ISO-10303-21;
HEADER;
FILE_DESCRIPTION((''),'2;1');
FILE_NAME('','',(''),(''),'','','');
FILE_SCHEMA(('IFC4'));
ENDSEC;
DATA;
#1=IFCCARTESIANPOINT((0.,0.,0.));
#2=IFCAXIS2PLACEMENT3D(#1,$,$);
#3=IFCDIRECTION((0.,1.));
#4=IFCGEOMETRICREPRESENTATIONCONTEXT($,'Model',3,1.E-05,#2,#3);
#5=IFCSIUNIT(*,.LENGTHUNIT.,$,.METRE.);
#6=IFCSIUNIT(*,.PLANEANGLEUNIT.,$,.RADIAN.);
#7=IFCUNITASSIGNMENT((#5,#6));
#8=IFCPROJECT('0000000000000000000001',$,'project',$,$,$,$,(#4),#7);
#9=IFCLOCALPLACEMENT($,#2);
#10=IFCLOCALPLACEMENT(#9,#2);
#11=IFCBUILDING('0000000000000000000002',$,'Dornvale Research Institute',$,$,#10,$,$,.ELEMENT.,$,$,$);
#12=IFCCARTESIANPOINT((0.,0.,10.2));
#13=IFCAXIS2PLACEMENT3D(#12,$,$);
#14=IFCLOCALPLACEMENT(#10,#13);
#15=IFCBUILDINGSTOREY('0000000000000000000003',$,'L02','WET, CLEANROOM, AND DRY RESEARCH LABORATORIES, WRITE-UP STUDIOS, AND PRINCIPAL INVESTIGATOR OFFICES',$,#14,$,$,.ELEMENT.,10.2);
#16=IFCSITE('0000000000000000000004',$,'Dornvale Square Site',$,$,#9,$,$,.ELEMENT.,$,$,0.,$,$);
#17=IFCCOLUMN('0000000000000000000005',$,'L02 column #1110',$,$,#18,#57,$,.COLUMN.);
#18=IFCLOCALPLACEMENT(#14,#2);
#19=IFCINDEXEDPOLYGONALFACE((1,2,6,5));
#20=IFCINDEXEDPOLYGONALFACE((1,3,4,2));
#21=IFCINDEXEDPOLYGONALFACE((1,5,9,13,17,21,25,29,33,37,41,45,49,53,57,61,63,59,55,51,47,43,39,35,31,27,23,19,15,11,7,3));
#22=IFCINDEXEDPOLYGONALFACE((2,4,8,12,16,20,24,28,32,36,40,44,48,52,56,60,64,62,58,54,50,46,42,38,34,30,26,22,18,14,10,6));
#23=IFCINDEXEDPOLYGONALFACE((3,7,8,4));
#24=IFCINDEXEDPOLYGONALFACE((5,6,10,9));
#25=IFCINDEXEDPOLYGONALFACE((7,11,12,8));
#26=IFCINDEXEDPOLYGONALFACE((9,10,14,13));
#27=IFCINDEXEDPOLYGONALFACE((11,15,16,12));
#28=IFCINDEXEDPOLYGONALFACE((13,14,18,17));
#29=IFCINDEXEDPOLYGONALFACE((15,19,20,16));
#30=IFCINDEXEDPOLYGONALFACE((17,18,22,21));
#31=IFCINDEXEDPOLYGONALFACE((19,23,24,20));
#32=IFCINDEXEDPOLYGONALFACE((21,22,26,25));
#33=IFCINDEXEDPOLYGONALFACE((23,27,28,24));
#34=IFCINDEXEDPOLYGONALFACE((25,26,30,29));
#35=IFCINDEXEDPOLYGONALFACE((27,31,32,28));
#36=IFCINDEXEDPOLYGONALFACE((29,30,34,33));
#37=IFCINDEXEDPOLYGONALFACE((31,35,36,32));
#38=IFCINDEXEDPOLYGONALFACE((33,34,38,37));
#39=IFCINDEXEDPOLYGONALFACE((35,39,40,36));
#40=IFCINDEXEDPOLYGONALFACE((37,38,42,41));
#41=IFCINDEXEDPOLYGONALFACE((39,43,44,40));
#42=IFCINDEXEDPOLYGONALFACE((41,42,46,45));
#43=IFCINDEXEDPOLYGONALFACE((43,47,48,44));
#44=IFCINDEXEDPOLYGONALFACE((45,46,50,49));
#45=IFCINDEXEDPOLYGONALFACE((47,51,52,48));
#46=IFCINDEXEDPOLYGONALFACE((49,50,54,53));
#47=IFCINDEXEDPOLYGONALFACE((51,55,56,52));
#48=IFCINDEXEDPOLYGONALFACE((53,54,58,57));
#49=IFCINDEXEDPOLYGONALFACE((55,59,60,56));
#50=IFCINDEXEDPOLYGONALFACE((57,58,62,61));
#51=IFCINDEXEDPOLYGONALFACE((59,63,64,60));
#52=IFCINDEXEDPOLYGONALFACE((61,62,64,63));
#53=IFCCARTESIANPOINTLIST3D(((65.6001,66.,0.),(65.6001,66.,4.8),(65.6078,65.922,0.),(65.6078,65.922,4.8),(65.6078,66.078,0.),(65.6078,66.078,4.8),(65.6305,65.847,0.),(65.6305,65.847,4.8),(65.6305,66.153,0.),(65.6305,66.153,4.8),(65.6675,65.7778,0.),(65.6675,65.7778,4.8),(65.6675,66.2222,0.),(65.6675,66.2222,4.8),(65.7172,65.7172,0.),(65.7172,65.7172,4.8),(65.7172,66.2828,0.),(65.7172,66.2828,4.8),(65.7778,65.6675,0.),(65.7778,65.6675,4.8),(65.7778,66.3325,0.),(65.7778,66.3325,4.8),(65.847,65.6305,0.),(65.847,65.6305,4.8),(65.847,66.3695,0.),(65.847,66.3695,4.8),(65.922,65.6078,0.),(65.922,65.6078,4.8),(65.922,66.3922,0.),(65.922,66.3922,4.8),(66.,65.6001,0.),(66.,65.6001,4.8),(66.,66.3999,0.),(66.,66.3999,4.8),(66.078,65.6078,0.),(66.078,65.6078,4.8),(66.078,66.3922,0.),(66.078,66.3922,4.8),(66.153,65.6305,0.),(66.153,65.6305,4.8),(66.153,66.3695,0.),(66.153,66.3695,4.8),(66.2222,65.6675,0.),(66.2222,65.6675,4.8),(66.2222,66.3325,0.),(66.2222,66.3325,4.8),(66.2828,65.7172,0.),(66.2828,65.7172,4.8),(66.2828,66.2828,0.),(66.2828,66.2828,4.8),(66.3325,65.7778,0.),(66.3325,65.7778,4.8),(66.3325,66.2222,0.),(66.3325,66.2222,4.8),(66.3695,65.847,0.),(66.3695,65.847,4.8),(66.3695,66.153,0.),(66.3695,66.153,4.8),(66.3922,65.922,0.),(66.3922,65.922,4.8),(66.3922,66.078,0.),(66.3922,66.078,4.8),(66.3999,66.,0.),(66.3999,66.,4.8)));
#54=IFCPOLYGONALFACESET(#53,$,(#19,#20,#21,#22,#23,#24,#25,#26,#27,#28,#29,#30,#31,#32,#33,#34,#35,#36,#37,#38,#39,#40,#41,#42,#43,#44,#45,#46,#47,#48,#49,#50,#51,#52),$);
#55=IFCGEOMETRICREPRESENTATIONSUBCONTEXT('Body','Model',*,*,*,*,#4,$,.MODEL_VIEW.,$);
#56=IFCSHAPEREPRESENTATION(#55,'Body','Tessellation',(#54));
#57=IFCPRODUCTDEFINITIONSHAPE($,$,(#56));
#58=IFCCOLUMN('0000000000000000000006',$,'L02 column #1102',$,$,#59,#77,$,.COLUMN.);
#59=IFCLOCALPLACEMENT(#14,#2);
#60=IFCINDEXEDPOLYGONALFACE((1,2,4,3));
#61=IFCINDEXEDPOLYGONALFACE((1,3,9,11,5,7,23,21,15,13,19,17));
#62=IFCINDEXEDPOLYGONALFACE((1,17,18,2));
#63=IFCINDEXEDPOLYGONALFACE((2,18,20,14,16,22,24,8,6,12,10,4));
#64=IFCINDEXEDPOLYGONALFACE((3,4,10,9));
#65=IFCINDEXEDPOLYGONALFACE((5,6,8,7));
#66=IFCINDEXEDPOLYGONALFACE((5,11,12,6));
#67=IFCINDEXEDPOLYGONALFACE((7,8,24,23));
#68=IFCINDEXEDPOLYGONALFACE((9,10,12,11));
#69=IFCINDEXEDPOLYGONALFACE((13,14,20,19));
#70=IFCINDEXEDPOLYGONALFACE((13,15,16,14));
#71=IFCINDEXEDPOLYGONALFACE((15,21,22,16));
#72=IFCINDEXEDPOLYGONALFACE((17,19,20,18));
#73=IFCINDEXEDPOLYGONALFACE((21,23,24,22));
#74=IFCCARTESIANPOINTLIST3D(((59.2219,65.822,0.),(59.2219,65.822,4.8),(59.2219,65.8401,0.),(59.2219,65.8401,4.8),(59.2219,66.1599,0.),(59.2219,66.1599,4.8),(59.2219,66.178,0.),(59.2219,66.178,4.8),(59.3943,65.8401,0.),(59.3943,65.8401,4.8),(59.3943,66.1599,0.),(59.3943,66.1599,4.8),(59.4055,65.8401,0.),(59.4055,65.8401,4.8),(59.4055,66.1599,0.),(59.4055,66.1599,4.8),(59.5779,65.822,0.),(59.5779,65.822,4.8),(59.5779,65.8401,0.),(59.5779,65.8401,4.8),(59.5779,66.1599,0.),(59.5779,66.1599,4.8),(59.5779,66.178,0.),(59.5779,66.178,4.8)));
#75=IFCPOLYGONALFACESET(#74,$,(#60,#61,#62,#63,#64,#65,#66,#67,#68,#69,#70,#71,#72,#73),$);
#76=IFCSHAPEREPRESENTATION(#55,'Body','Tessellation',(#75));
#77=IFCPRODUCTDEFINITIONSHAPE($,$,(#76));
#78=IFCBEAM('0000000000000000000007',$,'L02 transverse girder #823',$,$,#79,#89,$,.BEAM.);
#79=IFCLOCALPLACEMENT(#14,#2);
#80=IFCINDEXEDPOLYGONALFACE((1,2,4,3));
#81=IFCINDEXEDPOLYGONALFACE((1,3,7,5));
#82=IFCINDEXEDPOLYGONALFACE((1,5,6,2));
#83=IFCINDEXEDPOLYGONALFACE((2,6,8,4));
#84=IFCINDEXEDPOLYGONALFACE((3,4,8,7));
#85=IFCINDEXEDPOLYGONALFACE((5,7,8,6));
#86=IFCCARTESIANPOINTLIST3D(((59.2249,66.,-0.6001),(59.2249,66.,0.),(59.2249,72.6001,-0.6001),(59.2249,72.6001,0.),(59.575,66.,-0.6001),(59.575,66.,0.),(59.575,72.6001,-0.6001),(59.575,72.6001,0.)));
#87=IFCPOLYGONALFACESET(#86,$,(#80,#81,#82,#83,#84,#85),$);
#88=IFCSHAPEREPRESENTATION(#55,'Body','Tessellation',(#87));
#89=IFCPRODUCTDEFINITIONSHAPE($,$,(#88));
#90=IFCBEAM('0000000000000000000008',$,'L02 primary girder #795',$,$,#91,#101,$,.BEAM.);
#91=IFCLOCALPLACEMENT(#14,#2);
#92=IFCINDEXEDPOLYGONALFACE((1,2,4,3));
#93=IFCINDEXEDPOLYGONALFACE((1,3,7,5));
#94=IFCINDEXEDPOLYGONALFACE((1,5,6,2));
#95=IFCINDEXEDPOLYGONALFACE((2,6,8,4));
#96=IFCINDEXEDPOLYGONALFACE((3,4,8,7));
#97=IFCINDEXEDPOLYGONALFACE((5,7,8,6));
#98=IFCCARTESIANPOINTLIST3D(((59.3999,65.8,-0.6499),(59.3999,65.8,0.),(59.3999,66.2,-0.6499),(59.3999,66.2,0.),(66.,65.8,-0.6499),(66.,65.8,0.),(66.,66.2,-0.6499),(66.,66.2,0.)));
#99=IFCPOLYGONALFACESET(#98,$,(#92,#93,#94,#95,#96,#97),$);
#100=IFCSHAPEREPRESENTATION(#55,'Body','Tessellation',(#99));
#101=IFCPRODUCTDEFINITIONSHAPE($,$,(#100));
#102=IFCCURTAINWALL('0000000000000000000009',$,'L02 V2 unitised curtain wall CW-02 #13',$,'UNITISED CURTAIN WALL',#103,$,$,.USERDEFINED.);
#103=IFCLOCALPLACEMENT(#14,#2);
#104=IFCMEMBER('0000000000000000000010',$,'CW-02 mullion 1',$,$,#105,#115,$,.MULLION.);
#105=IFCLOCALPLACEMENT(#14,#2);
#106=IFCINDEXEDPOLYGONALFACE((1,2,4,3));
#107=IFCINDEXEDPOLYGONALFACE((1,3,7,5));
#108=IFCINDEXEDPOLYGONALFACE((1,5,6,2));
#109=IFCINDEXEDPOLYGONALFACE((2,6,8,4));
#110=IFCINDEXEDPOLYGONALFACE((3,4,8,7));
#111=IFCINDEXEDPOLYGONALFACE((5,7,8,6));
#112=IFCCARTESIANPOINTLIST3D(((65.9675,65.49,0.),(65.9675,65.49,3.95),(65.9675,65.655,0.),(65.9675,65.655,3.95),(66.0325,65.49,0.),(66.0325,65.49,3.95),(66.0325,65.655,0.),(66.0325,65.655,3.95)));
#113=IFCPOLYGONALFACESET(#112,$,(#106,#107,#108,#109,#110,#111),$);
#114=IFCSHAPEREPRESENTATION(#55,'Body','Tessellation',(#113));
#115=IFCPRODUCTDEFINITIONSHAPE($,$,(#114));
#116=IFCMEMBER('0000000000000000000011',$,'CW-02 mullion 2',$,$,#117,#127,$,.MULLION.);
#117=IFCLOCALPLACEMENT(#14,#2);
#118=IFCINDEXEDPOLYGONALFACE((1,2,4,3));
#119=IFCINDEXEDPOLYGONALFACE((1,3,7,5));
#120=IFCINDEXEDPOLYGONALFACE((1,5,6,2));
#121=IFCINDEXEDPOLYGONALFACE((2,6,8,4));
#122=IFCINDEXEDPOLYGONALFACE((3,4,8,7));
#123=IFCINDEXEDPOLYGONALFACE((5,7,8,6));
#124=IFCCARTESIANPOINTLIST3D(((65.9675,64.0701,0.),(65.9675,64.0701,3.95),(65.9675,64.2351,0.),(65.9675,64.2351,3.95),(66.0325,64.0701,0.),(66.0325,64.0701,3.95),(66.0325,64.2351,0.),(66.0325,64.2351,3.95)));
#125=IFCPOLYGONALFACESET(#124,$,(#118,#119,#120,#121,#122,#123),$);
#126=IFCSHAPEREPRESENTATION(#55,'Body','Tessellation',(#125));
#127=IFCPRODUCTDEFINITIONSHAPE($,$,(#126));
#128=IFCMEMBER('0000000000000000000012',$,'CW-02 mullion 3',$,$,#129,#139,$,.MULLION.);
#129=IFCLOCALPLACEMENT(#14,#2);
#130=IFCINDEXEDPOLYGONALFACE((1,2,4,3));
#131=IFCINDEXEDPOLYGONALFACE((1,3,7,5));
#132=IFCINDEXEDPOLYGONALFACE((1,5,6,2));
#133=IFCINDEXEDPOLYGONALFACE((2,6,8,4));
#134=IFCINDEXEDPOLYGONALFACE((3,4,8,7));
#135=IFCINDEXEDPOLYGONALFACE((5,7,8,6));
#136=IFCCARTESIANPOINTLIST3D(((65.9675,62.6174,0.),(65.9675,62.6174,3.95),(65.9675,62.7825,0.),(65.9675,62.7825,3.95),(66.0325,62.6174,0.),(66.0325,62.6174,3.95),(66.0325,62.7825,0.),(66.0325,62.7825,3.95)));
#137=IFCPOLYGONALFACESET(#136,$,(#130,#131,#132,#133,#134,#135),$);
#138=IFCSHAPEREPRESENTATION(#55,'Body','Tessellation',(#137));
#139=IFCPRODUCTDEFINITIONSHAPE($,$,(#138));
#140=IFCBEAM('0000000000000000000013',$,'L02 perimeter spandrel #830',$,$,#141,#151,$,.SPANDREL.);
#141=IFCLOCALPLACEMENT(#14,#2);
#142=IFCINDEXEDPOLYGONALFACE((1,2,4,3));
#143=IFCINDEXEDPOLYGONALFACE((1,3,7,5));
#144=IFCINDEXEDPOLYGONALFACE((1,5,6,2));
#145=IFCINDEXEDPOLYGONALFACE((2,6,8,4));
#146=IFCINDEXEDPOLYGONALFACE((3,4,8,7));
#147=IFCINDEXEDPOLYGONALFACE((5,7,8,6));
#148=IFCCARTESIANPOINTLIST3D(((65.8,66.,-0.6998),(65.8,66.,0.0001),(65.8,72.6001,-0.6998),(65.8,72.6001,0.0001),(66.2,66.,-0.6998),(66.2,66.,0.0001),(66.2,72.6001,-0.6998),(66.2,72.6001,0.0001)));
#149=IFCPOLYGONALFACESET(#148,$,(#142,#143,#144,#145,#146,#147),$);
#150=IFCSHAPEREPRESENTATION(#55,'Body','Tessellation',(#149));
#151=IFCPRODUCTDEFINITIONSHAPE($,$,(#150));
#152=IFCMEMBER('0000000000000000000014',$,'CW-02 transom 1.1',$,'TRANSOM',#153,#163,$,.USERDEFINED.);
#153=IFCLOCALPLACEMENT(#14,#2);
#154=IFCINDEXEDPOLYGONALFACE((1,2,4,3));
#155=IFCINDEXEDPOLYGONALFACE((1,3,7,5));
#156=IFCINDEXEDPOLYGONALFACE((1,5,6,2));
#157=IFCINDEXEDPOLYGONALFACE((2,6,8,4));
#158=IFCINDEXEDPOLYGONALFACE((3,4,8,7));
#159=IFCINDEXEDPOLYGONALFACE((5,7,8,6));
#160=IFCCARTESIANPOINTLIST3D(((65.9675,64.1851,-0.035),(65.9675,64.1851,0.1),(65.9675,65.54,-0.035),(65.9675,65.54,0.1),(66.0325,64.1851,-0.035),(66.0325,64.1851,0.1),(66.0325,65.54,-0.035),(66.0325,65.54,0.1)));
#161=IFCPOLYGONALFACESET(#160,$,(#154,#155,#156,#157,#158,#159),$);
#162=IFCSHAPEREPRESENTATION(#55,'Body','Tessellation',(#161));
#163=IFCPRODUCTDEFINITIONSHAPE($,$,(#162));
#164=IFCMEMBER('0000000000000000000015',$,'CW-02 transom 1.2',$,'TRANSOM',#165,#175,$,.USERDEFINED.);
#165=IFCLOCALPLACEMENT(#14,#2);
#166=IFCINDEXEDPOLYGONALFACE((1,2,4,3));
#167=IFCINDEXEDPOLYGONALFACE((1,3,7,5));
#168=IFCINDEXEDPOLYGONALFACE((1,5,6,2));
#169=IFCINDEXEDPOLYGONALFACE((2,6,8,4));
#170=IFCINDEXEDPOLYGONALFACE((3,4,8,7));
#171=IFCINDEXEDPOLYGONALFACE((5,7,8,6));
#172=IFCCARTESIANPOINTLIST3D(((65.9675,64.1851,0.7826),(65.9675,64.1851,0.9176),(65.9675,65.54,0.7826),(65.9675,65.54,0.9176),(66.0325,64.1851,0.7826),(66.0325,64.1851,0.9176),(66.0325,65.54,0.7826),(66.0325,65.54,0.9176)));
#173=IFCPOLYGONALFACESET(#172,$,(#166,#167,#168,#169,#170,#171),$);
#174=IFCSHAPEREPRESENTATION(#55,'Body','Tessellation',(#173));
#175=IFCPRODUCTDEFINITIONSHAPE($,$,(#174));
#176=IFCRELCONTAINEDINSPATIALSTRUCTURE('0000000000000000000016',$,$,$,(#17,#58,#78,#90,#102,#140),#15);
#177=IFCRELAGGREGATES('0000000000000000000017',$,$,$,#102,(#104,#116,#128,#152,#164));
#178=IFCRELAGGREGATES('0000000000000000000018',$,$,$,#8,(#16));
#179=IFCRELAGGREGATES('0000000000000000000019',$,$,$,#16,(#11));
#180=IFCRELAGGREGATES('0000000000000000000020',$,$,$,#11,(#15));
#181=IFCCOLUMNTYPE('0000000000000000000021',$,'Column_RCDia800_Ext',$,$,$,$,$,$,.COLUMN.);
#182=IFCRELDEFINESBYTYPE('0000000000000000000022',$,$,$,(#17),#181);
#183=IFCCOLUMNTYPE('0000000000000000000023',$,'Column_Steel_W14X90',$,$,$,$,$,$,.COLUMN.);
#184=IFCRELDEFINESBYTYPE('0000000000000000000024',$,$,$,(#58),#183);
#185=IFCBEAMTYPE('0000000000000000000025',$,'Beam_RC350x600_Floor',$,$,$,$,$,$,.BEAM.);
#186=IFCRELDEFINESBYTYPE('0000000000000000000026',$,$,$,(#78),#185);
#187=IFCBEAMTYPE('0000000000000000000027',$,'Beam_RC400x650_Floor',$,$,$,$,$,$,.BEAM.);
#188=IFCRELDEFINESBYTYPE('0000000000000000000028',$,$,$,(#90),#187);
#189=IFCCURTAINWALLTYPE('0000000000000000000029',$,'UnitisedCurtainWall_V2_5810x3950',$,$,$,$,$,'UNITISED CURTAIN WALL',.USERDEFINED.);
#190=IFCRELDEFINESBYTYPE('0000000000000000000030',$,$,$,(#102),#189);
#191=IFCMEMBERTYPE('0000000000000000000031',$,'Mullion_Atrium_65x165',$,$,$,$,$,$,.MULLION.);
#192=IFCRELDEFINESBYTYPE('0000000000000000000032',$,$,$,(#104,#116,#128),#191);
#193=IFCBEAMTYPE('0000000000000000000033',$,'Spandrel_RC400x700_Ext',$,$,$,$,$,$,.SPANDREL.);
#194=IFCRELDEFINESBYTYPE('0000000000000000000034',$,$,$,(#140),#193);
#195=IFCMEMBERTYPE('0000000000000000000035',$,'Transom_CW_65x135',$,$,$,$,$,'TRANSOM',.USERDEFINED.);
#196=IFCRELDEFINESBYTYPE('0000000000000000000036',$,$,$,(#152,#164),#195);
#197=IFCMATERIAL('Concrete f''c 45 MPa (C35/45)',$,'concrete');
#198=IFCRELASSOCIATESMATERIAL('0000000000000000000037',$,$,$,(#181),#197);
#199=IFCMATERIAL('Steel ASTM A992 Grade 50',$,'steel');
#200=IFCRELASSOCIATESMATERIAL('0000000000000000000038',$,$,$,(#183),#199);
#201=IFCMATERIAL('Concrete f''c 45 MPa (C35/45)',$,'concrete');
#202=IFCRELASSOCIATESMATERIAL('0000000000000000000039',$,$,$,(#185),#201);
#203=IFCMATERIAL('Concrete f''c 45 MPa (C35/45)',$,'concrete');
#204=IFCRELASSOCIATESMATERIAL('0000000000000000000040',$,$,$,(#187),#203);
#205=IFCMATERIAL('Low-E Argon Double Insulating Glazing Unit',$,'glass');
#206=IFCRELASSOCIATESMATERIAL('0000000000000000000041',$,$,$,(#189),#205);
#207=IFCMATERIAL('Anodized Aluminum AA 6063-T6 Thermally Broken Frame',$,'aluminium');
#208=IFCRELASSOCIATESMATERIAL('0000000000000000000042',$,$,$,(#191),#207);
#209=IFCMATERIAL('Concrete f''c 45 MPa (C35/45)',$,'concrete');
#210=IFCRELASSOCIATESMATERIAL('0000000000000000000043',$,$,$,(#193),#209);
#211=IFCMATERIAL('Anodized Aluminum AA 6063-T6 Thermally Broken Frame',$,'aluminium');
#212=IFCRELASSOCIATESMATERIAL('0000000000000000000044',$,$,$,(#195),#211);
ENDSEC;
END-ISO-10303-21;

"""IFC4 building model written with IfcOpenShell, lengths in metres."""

from ifc_helpers import new_model, si_unit, direction, frame, origin, origin_2d, place, context, subcontext, project, spatial, rectangle, circle, i_section, extrude, material, material_profile, profile_set, type_object, element, aggregate, save


model = new_model("IFC4")

# Units and contexts
model_context = context("Model", 3, precision=1e-05, world=origin(), true_north=direction((0.0, 1.0)))
body_context = subcontext(model_context, "Body", "Model", "MODEL_VIEW")
ifc_project = project(units=[si_unit("LENGTHUNIT", "METRE"), si_unit("PLANEANGLEUNIT", "RADIAN")], contexts=[model_context])

# Site, building, storey
site_placement = place(None, origin())
site = spatial("IfcSite", under=ifc_project, at=site_placement, Name="Dornvale Square Site", CompositionType="ELEMENT", RefElevation=0.0)
building_placement = place(site_placement, origin())
building = spatial("IfcBuilding", under=site, at=building_placement, Name="Dornvale Research Institute", CompositionType="ELEMENT")
storey_placement = place(building_placement, frame((0.0, 0.0, 10.2)))
storey = spatial("IfcBuildingStorey", under=building, at=storey_placement, Name="L02", Description="WET, CLEANROOM, AND DRY RESEARCH LABORATORIES, WRITE-UP STUDIOS, AND PRINCIPAL INVESTIGATOR OFFICES", CompositionType="ELEMENT", Elevation=10.2)

# Columns
ifc_material_1 = material(Name="Concrete f'c 45 MPa (C35/45)", Category="concrete")
ifc_material_profile_1 = material_profile(ifc_material_1, circle(Radius=0.3999, at=origin_2d()), Name="RC DIA 800")
ifc_profile_set_1 = profile_set([ifc_material_profile_1], Name="Concrete f'c 45 MPa (C35/45)")
column_type_1 = type_object("IfcColumnType", Name="Column_RCDia800_Ext", PredefinedType="COLUMN", material=ifc_profile_set_1)
column_1_placement = place(storey_placement, frame((66.0, 66.0, 0.0), z_axis=(0.0, 0.0, 1.0), x_axis=(1.0, 0.0, 0.0)))
element("IfcColumn", 1, at=column_1_placement, inside=storey, type_object=column_type_1, Name="L02 column #1110", PredefinedType="COLUMN", context=body_context, shape_type="SweptSolid", body=[
    extrude(circle(Radius=0.3999, at=origin_2d()), origin(), (0.0, 0.0, 1.0), 4.8),
])
ifc_material_2 = material(Name="Steel ASTM A992 Grade 50", Category="steel")
ifc_material_profile_2 = material_profile(ifc_material_2, i_section(OverallWidth=0.356, OverallDepth=0.356, WebThickness=0.0112, FlangeThickness=0.0181, at=origin_2d()), Name="W14X90")
ifc_profile_set_2 = profile_set([ifc_material_profile_2], Name="Steel ASTM A992 Grade 50")
column_type_2 = type_object("IfcColumnType", Name="Column_Steel_W14X90", PredefinedType="COLUMN", material=ifc_profile_set_2)
column_2_placement = place(storey_placement, frame((59.3999, 66.0, 0.0), z_axis=(0.0, 0.0, 1.0), x_axis=(1.0, 0.0, 0.0)))
element("IfcColumn", 2, at=column_2_placement, inside=storey, type_object=column_type_2, Name="L02 column #1102", PredefinedType="COLUMN", context=body_context, shape_type="SweptSolid", body=[
    extrude(i_section(OverallWidth=0.356, OverallDepth=0.356, WebThickness=0.0112, FlangeThickness=0.0181, at=origin_2d()), origin(), (0.0, 0.0, 1.0), 4.8),
])

# Beams
ifc_material_3 = material(Name="Concrete f'c 45 MPa (C35/45)", Category="concrete")
ifc_material_profile_3 = material_profile(ifc_material_3, rectangle(XDim=0.3501, YDim=0.6001, at=origin_2d()), Name="RC 350x600")
ifc_profile_set_3 = profile_set([ifc_material_profile_3], Name="Concrete f'c 45 MPa (C35/45)")
beam_type_1 = type_object("IfcBeamType", Name="Beam_RC350x600_Floor", PredefinedType="BEAM", material=ifc_profile_set_3)
beam_1_placement = place(storey_placement, frame((59.3999, 66.0, -0.3), z_axis=(0.0, 1.0, 0.0), x_axis=(-1.0, 0.0, 0.0)))
element("IfcBeam", 3, at=beam_1_placement, inside=storey, type_object=beam_type_1, Name="L02 transverse girder #823", PredefinedType="BEAM", context=body_context, shape_type="SweptSolid", body=[
    extrude(rectangle(XDim=0.3501, YDim=0.6001, at=origin_2d()), origin(), (0.0, 0.0, 1.0), 6.6001),
])
ifc_material_4 = material(Name="Concrete f'c 45 MPa (C35/45)", Category="concrete")
ifc_material_profile_4 = material_profile(ifc_material_4, rectangle(XDim=0.3999, YDim=0.6499, at=origin_2d()), Name="RC 400x650")
ifc_profile_set_4 = profile_set([ifc_material_profile_4], Name="Concrete f'c 45 MPa (C35/45)")
beam_type_2 = type_object("IfcBeamType", Name="Beam_RC400x650_Floor", PredefinedType="BEAM", material=ifc_profile_set_4)
beam_2_placement = place(storey_placement, frame((59.3999, 66.0, -0.325), z_axis=(1.0, 0.0, 0.0), x_axis=(0.0, 1.0, 0.0)))
element("IfcBeam", 4, at=beam_2_placement, inside=storey, type_object=beam_type_2, Name="L02 primary girder #795", PredefinedType="BEAM", context=body_context, shape_type="SweptSolid", body=[
    extrude(rectangle(XDim=0.3999, YDim=0.6499, at=origin_2d()), origin(), (0.0, 0.0, 1.0), 6.6001),
])

# Curtain wall, members
ifc_material_5 = material(Name="Low-E Argon Double Insulating Glazing Unit", Category="glass")
curtain_wall_type = type_object("IfcCurtainWallType", Name="UnitisedCurtainWall_V2_5810x3950", ElementType="UNITISED CURTAIN WALL", PredefinedType="USERDEFINED", material=ifc_material_5)
curtain_wall_placement = place(storey_placement, origin())
curtain_wall = element("IfcCurtainWall", 5, at=curtain_wall_placement, inside=storey, type_object=curtain_wall_type, Name="L02 V2 unitised curtain wall CW-02 #13", ObjectType="UNITISED CURTAIN WALL", PredefinedType="USERDEFINED")
ifc_material_6 = material(Name="Anodized Aluminum AA 6063-T6 Thermally Broken Frame", Category="aluminium")
ifc_material_profile_5 = material_profile(ifc_material_6, rectangle(XDim=0.0649, YDim=0.165, at=origin_2d()), Name="ALU MULLION 65x165")
ifc_profile_set_5 = profile_set([ifc_material_profile_5], Name="Anodized Aluminum AA 6063-T6 Thermally Broken Frame")
member_type_1 = type_object("IfcMemberType", Name="Mullion_Atrium_65x165", PredefinedType="MULLION", material=ifc_profile_set_5)
member_1_placement = place(storey_placement, frame((66.0, 65.5725, 0.0), z_axis=(0.0, 0.0, 1.0), x_axis=(1.0, 0.0, 0.0)))
member_1 = element("IfcMember", 6, at=member_1_placement, type_object=member_type_1, Name="CW-02 mullion 1", PredefinedType="MULLION", context=body_context, shape_type="SweptSolid", body=[
    extrude(rectangle(XDim=0.0649, YDim=0.165, at=origin_2d()), origin(), (0.0, 0.0, 1.0), 3.95),
])
member_2_placement = place(storey_placement, frame((66.0, 64.1526, 0.0), z_axis=(0.0, 0.0, 1.0), x_axis=(1.0, 0.0, 0.0)))
member_2 = element("IfcMember", 7, at=member_2_placement, type_object=member_type_1, Name="CW-02 mullion 2", PredefinedType="MULLION", context=body_context, shape_type="SweptSolid", body=[
    extrude(rectangle(XDim=0.0649, YDim=0.165, at=origin_2d()), origin(), (0.0, 0.0, 1.0), 3.95),
])
member_3_placement = place(storey_placement, frame((66.0, 62.7, 0.0), z_axis=(0.0, 0.0, 1.0), x_axis=(1.0, 0.0, 0.0)))
member_3 = element("IfcMember", 8, at=member_3_placement, type_object=member_type_1, Name="CW-02 mullion 3", PredefinedType="MULLION", context=body_context, shape_type="SweptSolid", body=[
    extrude(rectangle(XDim=0.0649, YDim=0.165, at=origin_2d()), origin(), (0.0, 0.0, 1.0), 3.95),
])

# Beam
ifc_material_7 = material(Name="Concrete f'c 45 MPa (C35/45)", Category="concrete")
ifc_material_profile_6 = material_profile(ifc_material_7, rectangle(XDim=0.3999, YDim=0.7, at=origin_2d()), Name="RC 400x700")
ifc_profile_set_6 = profile_set([ifc_material_profile_6], Name="Concrete f'c 45 MPa (C35/45)")
beam_type_3 = type_object("IfcBeamType", Name="Spandrel_RC400x700_Ext", PredefinedType="SPANDREL", material=ifc_profile_set_6)
beam_3_placement = place(storey_placement, frame((66.0, 66.0, -0.3499), z_axis=(0.0, 1.0, 0.0), x_axis=(-1.0, 0.0, 0.0)))
element("IfcBeam", 9, at=beam_3_placement, inside=storey, type_object=beam_type_3, Name="L02 perimeter spandrel #830", PredefinedType="SPANDREL", context=body_context, shape_type="SweptSolid", body=[
    extrude(rectangle(XDim=0.3999, YDim=0.7, at=origin_2d()), origin(), (0.0, 0.0, 1.0), 6.6001),
])

# Members
ifc_material_8 = material(Name="Anodized Aluminum AA 6063-T6 Thermally Broken Frame", Category="aluminium")
ifc_material_profile_7 = material_profile(ifc_material_8, rectangle(XDim=0.0649, YDim=0.135, at=origin_2d()), Name="ALU TRANSOM 65x135")
ifc_profile_set_7 = profile_set([ifc_material_profile_7], Name="Anodized Aluminum AA 6063-T6 Thermally Broken Frame")
member_type_2 = type_object("IfcMemberType", Name="Transom_CW_65x135", ElementType="TRANSOM", PredefinedType="USERDEFINED", material=ifc_profile_set_7)
member_4_placement = place(storey_placement, frame((66.0, 65.54, 0.0325), z_axis=(0.0, -1.0, 0.0), x_axis=(1.0, 0.0, 0.0)))
member_4 = element("IfcMember", 10, at=member_4_placement, type_object=member_type_2, Name="CW-02 transom 1.1", ObjectType="TRANSOM", PredefinedType="USERDEFINED", context=body_context, shape_type="SweptSolid", body=[
    extrude(rectangle(XDim=0.0649, YDim=0.135, at=origin_2d()), origin(), (0.0, 0.0, 1.0), 1.355),
])
member_5_placement = place(storey_placement, frame((66.0, 65.54, 0.8501), z_axis=(0.0, -1.0, 0.0), x_axis=(1.0, 0.0, 0.0)))
member_5 = element("IfcMember", 11, at=member_5_placement, type_object=member_type_2, Name="CW-02 transom 1.2", ObjectType="TRANSOM", PredefinedType="USERDEFINED", context=body_context, shape_type="SweptSolid", body=[
    extrude(rectangle(XDim=0.0649, YDim=0.135, at=origin_2d()), origin(), (0.0, 0.0, 1.0), 1.355),
])

aggregate(curtain_wall, [member_1, member_2, member_3, member_4, member_5])

save(model, "model.ifc")
